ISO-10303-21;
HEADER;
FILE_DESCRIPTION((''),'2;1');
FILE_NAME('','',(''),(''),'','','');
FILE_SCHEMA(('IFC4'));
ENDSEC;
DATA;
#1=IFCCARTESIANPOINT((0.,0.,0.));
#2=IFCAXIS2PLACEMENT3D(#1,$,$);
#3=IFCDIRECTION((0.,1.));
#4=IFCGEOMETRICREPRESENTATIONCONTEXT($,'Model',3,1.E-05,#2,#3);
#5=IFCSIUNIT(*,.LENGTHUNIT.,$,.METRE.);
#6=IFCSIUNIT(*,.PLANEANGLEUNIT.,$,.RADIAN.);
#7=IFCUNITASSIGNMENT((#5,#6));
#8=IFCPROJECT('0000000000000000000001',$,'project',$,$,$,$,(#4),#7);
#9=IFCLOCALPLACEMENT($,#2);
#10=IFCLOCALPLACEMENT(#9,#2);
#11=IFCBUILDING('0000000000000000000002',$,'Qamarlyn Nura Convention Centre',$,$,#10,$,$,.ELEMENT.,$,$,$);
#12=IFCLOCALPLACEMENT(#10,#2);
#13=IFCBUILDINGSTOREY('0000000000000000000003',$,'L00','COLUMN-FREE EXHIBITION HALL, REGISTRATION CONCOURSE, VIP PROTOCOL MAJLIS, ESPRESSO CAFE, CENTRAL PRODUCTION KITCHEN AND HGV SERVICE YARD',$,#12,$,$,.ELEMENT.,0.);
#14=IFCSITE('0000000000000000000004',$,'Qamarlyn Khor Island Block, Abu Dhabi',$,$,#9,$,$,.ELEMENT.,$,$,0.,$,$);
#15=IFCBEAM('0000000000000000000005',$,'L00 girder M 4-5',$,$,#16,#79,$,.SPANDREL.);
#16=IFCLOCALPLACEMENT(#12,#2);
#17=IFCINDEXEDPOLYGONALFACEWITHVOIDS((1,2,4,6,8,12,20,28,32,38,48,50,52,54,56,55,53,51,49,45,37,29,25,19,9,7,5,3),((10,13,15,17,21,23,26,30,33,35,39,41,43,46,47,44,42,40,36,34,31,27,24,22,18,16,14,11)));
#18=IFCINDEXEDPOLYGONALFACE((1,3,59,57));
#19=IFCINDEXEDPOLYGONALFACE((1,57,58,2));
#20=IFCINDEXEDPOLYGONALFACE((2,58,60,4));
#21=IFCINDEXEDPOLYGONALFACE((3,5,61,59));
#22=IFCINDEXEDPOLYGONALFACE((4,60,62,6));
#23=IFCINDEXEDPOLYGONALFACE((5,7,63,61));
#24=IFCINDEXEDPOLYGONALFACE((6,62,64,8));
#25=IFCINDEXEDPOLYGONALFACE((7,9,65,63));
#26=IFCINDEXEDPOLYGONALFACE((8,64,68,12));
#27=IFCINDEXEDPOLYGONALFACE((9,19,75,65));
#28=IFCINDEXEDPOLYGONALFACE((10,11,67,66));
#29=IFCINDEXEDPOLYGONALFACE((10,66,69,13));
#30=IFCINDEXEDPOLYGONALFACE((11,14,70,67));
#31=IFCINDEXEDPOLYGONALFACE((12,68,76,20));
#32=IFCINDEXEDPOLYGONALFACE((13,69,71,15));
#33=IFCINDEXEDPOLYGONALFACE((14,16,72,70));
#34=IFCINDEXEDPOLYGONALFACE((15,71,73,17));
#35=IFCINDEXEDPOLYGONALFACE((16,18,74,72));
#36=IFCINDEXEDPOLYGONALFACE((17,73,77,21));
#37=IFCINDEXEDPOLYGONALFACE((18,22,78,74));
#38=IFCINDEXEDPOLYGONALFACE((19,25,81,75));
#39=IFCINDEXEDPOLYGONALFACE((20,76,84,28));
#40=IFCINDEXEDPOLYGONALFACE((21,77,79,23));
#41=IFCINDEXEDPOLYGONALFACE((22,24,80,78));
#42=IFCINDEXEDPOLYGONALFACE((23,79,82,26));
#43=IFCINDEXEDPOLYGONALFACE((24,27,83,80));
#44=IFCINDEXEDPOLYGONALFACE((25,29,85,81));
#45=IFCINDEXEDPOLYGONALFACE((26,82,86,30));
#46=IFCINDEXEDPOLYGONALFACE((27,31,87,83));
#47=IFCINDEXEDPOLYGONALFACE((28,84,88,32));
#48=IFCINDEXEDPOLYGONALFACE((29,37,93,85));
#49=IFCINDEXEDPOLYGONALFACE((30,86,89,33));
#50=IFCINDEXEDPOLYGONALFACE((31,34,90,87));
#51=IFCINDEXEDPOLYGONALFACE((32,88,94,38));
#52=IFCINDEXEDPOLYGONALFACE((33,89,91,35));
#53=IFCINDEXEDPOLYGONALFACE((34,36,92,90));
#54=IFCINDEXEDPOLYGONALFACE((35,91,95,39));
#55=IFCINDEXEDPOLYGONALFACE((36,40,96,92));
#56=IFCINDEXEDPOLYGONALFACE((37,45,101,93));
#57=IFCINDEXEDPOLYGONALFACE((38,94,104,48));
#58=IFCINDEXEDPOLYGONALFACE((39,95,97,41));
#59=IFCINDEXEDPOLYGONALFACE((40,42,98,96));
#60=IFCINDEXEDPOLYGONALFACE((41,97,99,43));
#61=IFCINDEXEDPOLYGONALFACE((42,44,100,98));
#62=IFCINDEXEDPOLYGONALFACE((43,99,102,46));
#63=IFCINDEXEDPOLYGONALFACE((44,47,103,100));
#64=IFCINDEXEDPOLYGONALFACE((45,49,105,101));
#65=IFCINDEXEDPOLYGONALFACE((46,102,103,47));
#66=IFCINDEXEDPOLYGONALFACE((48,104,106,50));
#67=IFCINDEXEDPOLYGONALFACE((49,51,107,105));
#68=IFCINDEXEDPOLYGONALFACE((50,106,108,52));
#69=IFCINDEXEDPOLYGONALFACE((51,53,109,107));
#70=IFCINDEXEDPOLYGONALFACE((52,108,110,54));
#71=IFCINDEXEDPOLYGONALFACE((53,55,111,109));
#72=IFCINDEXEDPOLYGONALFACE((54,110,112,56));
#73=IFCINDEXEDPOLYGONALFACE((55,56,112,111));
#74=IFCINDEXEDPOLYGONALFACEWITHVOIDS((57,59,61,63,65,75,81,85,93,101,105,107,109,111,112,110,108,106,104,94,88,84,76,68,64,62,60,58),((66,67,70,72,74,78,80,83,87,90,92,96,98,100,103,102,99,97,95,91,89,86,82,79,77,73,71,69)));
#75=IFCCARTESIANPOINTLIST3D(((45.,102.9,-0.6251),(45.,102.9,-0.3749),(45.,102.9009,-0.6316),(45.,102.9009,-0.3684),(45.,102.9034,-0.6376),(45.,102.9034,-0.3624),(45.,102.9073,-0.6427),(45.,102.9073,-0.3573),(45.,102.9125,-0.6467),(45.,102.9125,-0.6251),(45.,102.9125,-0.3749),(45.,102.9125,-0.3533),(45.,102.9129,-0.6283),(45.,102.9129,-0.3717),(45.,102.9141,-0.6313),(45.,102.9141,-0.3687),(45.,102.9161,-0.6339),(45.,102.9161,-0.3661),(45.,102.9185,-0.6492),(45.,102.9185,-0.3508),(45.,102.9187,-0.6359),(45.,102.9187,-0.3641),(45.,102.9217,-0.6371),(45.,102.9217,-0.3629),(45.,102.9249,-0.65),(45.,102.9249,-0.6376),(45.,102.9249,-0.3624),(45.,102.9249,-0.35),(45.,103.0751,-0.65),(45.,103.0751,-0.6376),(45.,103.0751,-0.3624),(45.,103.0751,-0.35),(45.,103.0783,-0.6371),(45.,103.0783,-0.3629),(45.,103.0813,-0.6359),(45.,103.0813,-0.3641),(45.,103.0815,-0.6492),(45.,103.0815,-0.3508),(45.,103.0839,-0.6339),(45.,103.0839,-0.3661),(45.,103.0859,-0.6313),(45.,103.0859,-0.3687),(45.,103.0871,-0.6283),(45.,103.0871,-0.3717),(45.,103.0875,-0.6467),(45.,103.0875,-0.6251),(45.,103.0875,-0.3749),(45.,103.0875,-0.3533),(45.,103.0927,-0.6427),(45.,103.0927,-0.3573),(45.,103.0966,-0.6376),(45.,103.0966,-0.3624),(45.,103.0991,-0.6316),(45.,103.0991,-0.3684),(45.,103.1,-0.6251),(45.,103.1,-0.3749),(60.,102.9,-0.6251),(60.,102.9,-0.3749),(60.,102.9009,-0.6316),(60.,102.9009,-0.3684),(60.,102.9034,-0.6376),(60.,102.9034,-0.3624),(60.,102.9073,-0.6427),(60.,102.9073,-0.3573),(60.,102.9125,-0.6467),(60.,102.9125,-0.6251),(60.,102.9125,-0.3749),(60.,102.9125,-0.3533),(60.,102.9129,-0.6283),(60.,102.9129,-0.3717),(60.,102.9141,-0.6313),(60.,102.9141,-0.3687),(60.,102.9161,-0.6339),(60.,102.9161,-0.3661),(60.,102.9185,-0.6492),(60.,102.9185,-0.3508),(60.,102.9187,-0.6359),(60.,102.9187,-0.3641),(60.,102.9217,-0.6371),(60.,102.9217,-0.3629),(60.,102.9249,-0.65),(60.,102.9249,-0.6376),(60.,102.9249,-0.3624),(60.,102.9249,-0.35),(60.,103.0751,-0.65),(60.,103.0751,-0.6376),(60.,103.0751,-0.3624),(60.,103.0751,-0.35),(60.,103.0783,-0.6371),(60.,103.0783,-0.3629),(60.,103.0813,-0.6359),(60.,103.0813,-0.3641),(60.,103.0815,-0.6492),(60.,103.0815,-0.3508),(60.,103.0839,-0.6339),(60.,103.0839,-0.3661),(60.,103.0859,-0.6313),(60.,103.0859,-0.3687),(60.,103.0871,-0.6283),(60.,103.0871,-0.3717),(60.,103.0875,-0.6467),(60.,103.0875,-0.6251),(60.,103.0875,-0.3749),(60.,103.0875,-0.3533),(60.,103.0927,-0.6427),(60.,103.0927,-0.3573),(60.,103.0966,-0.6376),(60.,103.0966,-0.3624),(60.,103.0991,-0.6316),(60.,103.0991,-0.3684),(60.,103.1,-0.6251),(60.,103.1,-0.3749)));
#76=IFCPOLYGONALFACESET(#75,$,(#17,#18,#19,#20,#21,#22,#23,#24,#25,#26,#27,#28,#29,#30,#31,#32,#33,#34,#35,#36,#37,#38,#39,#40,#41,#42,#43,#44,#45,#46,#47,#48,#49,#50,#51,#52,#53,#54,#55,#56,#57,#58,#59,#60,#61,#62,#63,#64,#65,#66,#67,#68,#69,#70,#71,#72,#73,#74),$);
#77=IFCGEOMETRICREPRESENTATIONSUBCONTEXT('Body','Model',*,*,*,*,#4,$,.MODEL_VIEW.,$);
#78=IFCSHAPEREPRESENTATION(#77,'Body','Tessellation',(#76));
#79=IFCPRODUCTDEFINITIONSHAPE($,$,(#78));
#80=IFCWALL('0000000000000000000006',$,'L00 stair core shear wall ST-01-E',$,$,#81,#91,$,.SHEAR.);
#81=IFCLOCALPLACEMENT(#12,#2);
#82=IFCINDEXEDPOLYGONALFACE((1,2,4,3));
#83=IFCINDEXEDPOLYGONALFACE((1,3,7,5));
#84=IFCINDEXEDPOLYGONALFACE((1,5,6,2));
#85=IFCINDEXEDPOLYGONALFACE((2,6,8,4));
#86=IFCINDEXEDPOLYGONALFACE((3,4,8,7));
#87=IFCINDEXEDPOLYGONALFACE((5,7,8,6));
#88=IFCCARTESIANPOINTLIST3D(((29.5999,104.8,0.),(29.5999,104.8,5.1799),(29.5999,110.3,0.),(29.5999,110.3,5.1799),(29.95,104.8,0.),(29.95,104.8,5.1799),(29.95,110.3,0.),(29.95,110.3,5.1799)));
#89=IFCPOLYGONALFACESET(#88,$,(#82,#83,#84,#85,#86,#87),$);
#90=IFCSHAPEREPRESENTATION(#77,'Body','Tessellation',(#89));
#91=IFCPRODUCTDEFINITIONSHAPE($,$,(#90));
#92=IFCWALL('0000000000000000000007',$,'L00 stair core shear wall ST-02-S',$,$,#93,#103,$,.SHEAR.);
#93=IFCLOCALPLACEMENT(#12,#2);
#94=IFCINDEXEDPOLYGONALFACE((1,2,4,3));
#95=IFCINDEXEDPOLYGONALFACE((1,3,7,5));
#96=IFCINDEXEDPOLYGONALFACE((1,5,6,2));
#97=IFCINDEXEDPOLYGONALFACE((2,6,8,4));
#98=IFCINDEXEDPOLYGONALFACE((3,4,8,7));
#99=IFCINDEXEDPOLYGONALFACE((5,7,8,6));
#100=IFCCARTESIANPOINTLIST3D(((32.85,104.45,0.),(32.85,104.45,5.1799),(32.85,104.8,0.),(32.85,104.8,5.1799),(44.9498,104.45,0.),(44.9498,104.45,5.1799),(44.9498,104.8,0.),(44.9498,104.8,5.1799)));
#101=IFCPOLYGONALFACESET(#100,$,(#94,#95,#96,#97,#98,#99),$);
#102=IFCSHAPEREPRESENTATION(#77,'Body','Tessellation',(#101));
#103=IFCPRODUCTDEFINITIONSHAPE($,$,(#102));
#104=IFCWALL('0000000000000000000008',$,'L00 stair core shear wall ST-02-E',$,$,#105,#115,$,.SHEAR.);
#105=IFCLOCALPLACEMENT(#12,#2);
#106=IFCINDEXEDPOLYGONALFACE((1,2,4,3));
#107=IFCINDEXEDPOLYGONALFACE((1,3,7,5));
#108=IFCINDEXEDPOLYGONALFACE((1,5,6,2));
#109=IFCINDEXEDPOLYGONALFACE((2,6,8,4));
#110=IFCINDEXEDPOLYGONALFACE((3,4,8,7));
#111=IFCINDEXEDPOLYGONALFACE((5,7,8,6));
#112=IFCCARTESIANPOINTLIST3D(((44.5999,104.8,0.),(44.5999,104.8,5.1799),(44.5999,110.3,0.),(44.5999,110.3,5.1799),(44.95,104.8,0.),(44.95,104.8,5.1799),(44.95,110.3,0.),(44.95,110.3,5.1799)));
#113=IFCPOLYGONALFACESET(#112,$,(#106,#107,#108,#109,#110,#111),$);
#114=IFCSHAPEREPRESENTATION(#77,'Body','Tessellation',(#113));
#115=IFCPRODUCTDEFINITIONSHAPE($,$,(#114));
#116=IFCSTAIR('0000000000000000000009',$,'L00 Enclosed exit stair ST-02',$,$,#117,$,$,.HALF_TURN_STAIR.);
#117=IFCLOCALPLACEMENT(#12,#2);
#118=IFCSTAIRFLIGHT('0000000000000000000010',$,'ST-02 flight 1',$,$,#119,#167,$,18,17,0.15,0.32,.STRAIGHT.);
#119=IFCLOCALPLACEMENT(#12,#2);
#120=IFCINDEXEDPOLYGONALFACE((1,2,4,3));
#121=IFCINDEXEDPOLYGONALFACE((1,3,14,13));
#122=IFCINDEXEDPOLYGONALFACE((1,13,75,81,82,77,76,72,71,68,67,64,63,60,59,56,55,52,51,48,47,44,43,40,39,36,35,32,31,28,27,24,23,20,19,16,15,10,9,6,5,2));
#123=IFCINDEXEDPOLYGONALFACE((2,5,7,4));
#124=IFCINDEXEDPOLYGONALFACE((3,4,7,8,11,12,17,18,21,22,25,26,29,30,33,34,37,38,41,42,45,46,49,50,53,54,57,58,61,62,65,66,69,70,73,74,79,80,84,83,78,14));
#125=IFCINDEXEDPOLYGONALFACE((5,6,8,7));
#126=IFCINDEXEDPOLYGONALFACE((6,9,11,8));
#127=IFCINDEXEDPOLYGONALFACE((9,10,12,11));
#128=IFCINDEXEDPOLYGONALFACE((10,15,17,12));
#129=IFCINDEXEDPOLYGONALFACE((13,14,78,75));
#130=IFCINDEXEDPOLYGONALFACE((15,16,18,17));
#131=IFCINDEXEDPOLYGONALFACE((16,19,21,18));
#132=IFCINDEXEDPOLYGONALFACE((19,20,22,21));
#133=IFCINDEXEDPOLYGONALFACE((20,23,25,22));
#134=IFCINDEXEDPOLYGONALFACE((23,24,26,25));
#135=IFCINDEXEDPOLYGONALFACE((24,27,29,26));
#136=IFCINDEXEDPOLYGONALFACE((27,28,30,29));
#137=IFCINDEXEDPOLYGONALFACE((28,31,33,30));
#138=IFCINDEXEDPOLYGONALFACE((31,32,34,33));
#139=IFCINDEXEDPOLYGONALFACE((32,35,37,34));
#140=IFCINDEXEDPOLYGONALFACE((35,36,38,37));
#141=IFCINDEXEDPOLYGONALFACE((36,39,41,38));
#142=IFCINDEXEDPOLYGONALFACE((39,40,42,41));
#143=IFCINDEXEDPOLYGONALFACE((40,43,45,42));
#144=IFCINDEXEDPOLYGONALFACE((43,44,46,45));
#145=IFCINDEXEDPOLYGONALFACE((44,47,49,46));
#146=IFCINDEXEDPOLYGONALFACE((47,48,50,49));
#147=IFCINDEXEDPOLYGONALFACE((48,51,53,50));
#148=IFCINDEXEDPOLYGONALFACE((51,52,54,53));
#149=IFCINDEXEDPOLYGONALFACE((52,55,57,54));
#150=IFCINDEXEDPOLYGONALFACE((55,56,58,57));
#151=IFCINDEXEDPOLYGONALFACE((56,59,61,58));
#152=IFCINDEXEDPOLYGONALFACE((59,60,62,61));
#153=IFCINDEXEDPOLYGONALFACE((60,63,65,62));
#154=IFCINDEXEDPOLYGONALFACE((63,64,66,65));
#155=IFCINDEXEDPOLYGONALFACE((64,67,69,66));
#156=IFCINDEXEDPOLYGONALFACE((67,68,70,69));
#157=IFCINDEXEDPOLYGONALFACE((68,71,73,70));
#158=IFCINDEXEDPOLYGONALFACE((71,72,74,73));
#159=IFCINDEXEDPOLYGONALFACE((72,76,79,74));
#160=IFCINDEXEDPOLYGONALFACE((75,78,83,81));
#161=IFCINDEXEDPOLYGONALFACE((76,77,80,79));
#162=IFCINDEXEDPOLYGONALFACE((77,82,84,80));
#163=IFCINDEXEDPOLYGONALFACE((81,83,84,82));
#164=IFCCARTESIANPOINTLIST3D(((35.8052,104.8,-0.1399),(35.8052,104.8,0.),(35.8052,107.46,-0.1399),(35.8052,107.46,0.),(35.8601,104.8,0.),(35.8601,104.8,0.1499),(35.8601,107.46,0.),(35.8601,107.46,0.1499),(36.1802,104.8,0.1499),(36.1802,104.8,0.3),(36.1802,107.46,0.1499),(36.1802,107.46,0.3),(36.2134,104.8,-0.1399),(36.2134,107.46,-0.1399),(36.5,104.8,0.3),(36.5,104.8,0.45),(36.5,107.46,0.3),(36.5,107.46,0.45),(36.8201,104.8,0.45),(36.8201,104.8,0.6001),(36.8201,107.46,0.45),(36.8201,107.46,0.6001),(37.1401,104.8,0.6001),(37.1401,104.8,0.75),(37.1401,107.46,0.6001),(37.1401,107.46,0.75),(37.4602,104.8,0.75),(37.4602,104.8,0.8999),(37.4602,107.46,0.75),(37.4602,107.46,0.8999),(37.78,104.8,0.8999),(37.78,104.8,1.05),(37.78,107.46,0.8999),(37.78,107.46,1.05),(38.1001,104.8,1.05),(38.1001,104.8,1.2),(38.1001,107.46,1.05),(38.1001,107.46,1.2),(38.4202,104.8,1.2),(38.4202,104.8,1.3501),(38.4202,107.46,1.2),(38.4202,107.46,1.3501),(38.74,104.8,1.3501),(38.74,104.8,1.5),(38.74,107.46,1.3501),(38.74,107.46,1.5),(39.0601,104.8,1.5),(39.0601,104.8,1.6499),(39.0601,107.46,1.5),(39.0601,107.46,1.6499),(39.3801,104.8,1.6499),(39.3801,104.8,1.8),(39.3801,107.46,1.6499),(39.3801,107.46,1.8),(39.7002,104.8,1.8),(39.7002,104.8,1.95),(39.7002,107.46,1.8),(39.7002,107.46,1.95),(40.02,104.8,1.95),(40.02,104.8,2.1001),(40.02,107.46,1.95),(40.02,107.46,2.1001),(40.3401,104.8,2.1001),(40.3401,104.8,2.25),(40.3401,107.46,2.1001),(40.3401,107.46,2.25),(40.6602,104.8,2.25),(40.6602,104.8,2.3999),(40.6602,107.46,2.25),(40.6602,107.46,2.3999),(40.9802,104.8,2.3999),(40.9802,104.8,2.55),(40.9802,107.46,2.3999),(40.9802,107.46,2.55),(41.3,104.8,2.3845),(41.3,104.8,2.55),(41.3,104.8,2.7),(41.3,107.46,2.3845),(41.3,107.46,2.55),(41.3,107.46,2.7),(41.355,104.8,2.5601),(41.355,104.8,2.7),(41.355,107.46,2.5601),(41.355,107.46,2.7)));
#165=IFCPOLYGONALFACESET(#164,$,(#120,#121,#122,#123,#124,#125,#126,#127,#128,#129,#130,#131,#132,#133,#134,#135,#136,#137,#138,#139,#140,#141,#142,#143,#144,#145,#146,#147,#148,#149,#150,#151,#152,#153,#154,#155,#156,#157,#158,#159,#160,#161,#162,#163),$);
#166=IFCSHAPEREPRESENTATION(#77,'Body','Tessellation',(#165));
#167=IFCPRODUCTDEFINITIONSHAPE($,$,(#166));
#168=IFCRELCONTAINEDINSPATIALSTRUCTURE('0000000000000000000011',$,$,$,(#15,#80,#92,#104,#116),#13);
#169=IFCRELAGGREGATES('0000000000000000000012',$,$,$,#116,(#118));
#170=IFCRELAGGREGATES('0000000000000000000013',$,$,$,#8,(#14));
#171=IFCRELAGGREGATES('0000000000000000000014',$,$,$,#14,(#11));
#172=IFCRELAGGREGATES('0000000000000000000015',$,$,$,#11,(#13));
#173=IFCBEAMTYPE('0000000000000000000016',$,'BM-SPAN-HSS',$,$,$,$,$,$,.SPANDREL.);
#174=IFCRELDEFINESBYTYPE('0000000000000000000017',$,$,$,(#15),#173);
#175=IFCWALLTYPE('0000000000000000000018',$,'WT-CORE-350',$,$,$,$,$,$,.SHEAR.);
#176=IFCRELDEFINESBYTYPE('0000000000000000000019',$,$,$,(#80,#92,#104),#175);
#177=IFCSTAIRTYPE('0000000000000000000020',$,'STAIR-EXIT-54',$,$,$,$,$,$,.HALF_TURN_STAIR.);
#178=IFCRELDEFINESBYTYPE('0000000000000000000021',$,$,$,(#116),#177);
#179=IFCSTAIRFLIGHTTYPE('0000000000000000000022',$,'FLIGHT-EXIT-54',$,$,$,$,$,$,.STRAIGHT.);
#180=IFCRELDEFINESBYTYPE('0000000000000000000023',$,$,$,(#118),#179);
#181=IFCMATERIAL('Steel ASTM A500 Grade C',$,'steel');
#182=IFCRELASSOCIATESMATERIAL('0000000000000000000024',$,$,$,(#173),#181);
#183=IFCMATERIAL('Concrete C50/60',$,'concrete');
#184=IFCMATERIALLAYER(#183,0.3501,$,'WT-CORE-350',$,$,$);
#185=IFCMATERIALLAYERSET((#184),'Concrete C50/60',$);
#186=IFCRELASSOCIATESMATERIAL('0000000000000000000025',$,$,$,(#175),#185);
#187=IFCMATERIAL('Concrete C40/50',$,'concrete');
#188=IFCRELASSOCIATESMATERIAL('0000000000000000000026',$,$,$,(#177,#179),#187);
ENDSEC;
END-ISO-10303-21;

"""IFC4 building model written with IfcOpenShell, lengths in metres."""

from ifc_helpers import new_model, si_unit, direction, frame, frame_2d, origin, origin_2d, place, context, subcontext, project, spatial, polyline, rectangle, hollow_rectangle, outline, extrude, material, layer, layer_set, material_profile, profile_set, type_object, element, aggregate, save


model = new_model("IFC4")

# Units and contexts
model_context = context("Model", 3, precision=1e-05, world=origin(), true_north=direction((0.0, 1.0)))
body_context = subcontext(model_context, "Body", "Model", "MODEL_VIEW")
ifc_project = project(units=[si_unit("LENGTHUNIT", "METRE"), si_unit("PLANEANGLEUNIT", "RADIAN")], contexts=[model_context])

# Site, building, storey
site_placement = place(None, origin())
site = spatial("IfcSite", under=ifc_project, at=site_placement, Name="Qamarlyn Khor Island Block, Abu Dhabi", CompositionType="ELEMENT", RefElevation=0.0)
building_placement = place(site_placement, origin())
building = spatial("IfcBuilding", under=site, at=building_placement, Name="Qamarlyn Nura Convention Centre", CompositionType="ELEMENT")
storey_placement = place(building_placement, origin())
storey = spatial("IfcBuildingStorey", under=building, at=storey_placement, Name="L00", Description="COLUMN-FREE EXHIBITION HALL, REGISTRATION CONCOURSE, VIP PROTOCOL MAJLIS, ESPRESSO CAFE, CENTRAL PRODUCTION KITCHEN AND HGV SERVICE YARD", CompositionType="ELEMENT", Elevation=0.0)

# Beam
ifc_material_1 = material(Name="Steel ASTM A500 Grade C", Category="steel")
ifc_material_profile_1 = material_profile(ifc_material_1, hollow_rectangle(XDim=0.2, YDim=0.3, WallThickness=0.0125, InnerFilletRadius=0.0125, OuterFilletRadius=0.0249, at=origin_2d()), Name="HSS300X200X12.5")
ifc_profile_set_1 = profile_set([ifc_material_profile_1], Name="Steel ASTM A500 Grade C")
beam_type_1 = type_object("IfcBeamType", Name="BM-SPAN-HSS", PredefinedType="SPANDREL", material=ifc_profile_set_1)
beam_1_placement = place(storey_placement, frame((45.0, 103.0, -0.5), z_axis=(1.0, 0.0, 0.0), x_axis=(0.0, 1.0, 0.0)))
element("IfcBeam", 1, at=beam_1_placement, inside=storey, type_object=beam_type_1, Name="L00 girder M 4-5", PredefinedType="SPANDREL", context=body_context, shape_type="SweptSolid", body=[
    extrude(hollow_rectangle(XDim=0.2, YDim=0.3, WallThickness=0.0125, InnerFilletRadius=0.0125, OuterFilletRadius=0.0249, at=origin_2d()), origin(), (0.0, 0.0, 1.0), 15.0),
])

# Walls
ifc_material_2 = material(Name="Concrete C50/60", Category="concrete")
ifc_layer = layer(ifc_material_2, 0.3501, Name="WT-CORE-350")
ifc_layer_set = layer_set([ifc_layer], Name="Concrete C50/60")
wall_type = type_object("IfcWallType", Name="WT-CORE-350", PredefinedType="SHEAR", material=ifc_layer_set)
wall_1_placement = place(storey_placement, frame((29.7749, 104.8, 0.0), z_axis=(0.0, 0.0, 1.0), x_axis=(0.0, 1.0, 0.0)))
element("IfcWall", 2, at=wall_1_placement, inside=storey, type_object=wall_type, Name="L00 stair core shear wall ST-01-E", PredefinedType="SHEAR", context=body_context, shape_type="SweptSolid", body=[
    extrude(rectangle(XDim=5.5, YDim=0.3501, at=frame_2d((2.75, 0.0))), origin(), (0.0, 0.0, 1.0), 5.1799),
])
wall_2_placement = place(storey_placement, frame((32.8501, 104.625, 0.0), z_axis=(0.0, 0.0, 1.0), x_axis=(1.0, 0.0, 0.0)))
element("IfcWall", 3, at=wall_2_placement, inside=storey, type_object=wall_type, Name="L00 stair core shear wall ST-02-S", PredefinedType="SHEAR", context=body_context, shape_type="SweptSolid", body=[
    extrude(rectangle(XDim=12.0999, YDim=0.3501, at=frame_2d((6.0498, 0.0))), origin(), (0.0, 0.0, 1.0), 5.1799),
])
wall_3_placement = place(storey_placement, frame((44.7749, 104.8, 0.0), z_axis=(0.0, 0.0, 1.0), x_axis=(0.0, 1.0, 0.0)))
element("IfcWall", 4, at=wall_3_placement, inside=storey, type_object=wall_type, Name="L00 stair core shear wall ST-02-E", PredefinedType="SHEAR", context=body_context, shape_type="SweptSolid", body=[
    extrude(rectangle(XDim=5.5, YDim=0.3501, at=frame_2d((2.75, 0.0))), origin(), (0.0, 0.0, 1.0), 5.1799),
])

# Stair, stair flight
ifc_material_3 = material(Name="Concrete C40/50", Category="concrete")
stair_type = type_object("IfcStairType", Name="STAIR-EXIT-54", PredefinedType="HALF_TURN_STAIR", material=ifc_material_3)
stair_placement = place(storey_placement, origin())
stair = element("IfcStair", 5, at=stair_placement, inside=storey, type_object=stair_type, Name="L00 Enclosed exit stair ST-02", PredefinedType="HALF_TURN_STAIR")
stair_flight_type = type_object("IfcStairFlightType", Name="FLIGHT-EXIT-54", PredefinedType="STRAIGHT", material=ifc_material_3)
stair_flight_placement = place(storey_placement, frame((35.8601, 106.1299, 0.0), z_axis=(0.0, 0.0, 1.0), x_axis=(1.0, 0.0, 0.0)))
stair_flight = element("IfcStairFlight", 6, at=stair_flight_placement, type_object=stair_flight_type, Name="ST-02 flight 1", NumberOfRisers=18, NumberOfTreads=17, PredefinedType="STRAIGHT", RiserHeight=0.15, TreadLength=0.32, context=body_context, shape_type="SweptSolid", body=[
    extrude(outline(polyline([(-0.0549, 0.0), (0.0, 0.0), (0.0, 0.1499), (0.3201, 0.1499), (0.3201, 0.3), (0.6399, 0.3), (0.6399, 0.45), (0.96, 0.45), (0.96, 0.6001), (1.28, 0.6001), (1.28, 0.75), (1.6001, 0.75), (1.6001, 0.8999), (1.9199, 0.8999), (1.9199, 1.05), (2.24, 1.05), (2.24, 1.2), (2.5601, 1.2), (2.5601, 1.3501), (2.8799, 1.3501), (2.8799, 1.5), (3.2, 1.5), (3.2, 1.6499), (3.52, 1.6499), (3.52, 1.8), (3.8401, 1.8), (3.8401, 1.95), (4.1599, 1.95), (4.1599, 2.1001), (4.48, 2.1001), (4.48, 2.25), (4.8, 2.25), (4.8, 2.3999), (5.1201, 2.3999), (5.1201, 2.55), (5.4399, 2.55), (5.4399, 2.7), (5.4949, 2.7), (5.4949, 2.5601), (5.4399, 2.3845), (0.3533, -0.1399), (-0.0549, -0.1399), (-0.0549, 0.0)])), frame((0.0, 1.3301, 0.0), z_axis=(0.0, -1.0, 0.0), x_axis=(1.0, 0.0, 0.0)), (0.0, 0.0, 1.0), 2.6599),
])
aggregate(stair, [stair_flight])

save(model, "model.ifc")
